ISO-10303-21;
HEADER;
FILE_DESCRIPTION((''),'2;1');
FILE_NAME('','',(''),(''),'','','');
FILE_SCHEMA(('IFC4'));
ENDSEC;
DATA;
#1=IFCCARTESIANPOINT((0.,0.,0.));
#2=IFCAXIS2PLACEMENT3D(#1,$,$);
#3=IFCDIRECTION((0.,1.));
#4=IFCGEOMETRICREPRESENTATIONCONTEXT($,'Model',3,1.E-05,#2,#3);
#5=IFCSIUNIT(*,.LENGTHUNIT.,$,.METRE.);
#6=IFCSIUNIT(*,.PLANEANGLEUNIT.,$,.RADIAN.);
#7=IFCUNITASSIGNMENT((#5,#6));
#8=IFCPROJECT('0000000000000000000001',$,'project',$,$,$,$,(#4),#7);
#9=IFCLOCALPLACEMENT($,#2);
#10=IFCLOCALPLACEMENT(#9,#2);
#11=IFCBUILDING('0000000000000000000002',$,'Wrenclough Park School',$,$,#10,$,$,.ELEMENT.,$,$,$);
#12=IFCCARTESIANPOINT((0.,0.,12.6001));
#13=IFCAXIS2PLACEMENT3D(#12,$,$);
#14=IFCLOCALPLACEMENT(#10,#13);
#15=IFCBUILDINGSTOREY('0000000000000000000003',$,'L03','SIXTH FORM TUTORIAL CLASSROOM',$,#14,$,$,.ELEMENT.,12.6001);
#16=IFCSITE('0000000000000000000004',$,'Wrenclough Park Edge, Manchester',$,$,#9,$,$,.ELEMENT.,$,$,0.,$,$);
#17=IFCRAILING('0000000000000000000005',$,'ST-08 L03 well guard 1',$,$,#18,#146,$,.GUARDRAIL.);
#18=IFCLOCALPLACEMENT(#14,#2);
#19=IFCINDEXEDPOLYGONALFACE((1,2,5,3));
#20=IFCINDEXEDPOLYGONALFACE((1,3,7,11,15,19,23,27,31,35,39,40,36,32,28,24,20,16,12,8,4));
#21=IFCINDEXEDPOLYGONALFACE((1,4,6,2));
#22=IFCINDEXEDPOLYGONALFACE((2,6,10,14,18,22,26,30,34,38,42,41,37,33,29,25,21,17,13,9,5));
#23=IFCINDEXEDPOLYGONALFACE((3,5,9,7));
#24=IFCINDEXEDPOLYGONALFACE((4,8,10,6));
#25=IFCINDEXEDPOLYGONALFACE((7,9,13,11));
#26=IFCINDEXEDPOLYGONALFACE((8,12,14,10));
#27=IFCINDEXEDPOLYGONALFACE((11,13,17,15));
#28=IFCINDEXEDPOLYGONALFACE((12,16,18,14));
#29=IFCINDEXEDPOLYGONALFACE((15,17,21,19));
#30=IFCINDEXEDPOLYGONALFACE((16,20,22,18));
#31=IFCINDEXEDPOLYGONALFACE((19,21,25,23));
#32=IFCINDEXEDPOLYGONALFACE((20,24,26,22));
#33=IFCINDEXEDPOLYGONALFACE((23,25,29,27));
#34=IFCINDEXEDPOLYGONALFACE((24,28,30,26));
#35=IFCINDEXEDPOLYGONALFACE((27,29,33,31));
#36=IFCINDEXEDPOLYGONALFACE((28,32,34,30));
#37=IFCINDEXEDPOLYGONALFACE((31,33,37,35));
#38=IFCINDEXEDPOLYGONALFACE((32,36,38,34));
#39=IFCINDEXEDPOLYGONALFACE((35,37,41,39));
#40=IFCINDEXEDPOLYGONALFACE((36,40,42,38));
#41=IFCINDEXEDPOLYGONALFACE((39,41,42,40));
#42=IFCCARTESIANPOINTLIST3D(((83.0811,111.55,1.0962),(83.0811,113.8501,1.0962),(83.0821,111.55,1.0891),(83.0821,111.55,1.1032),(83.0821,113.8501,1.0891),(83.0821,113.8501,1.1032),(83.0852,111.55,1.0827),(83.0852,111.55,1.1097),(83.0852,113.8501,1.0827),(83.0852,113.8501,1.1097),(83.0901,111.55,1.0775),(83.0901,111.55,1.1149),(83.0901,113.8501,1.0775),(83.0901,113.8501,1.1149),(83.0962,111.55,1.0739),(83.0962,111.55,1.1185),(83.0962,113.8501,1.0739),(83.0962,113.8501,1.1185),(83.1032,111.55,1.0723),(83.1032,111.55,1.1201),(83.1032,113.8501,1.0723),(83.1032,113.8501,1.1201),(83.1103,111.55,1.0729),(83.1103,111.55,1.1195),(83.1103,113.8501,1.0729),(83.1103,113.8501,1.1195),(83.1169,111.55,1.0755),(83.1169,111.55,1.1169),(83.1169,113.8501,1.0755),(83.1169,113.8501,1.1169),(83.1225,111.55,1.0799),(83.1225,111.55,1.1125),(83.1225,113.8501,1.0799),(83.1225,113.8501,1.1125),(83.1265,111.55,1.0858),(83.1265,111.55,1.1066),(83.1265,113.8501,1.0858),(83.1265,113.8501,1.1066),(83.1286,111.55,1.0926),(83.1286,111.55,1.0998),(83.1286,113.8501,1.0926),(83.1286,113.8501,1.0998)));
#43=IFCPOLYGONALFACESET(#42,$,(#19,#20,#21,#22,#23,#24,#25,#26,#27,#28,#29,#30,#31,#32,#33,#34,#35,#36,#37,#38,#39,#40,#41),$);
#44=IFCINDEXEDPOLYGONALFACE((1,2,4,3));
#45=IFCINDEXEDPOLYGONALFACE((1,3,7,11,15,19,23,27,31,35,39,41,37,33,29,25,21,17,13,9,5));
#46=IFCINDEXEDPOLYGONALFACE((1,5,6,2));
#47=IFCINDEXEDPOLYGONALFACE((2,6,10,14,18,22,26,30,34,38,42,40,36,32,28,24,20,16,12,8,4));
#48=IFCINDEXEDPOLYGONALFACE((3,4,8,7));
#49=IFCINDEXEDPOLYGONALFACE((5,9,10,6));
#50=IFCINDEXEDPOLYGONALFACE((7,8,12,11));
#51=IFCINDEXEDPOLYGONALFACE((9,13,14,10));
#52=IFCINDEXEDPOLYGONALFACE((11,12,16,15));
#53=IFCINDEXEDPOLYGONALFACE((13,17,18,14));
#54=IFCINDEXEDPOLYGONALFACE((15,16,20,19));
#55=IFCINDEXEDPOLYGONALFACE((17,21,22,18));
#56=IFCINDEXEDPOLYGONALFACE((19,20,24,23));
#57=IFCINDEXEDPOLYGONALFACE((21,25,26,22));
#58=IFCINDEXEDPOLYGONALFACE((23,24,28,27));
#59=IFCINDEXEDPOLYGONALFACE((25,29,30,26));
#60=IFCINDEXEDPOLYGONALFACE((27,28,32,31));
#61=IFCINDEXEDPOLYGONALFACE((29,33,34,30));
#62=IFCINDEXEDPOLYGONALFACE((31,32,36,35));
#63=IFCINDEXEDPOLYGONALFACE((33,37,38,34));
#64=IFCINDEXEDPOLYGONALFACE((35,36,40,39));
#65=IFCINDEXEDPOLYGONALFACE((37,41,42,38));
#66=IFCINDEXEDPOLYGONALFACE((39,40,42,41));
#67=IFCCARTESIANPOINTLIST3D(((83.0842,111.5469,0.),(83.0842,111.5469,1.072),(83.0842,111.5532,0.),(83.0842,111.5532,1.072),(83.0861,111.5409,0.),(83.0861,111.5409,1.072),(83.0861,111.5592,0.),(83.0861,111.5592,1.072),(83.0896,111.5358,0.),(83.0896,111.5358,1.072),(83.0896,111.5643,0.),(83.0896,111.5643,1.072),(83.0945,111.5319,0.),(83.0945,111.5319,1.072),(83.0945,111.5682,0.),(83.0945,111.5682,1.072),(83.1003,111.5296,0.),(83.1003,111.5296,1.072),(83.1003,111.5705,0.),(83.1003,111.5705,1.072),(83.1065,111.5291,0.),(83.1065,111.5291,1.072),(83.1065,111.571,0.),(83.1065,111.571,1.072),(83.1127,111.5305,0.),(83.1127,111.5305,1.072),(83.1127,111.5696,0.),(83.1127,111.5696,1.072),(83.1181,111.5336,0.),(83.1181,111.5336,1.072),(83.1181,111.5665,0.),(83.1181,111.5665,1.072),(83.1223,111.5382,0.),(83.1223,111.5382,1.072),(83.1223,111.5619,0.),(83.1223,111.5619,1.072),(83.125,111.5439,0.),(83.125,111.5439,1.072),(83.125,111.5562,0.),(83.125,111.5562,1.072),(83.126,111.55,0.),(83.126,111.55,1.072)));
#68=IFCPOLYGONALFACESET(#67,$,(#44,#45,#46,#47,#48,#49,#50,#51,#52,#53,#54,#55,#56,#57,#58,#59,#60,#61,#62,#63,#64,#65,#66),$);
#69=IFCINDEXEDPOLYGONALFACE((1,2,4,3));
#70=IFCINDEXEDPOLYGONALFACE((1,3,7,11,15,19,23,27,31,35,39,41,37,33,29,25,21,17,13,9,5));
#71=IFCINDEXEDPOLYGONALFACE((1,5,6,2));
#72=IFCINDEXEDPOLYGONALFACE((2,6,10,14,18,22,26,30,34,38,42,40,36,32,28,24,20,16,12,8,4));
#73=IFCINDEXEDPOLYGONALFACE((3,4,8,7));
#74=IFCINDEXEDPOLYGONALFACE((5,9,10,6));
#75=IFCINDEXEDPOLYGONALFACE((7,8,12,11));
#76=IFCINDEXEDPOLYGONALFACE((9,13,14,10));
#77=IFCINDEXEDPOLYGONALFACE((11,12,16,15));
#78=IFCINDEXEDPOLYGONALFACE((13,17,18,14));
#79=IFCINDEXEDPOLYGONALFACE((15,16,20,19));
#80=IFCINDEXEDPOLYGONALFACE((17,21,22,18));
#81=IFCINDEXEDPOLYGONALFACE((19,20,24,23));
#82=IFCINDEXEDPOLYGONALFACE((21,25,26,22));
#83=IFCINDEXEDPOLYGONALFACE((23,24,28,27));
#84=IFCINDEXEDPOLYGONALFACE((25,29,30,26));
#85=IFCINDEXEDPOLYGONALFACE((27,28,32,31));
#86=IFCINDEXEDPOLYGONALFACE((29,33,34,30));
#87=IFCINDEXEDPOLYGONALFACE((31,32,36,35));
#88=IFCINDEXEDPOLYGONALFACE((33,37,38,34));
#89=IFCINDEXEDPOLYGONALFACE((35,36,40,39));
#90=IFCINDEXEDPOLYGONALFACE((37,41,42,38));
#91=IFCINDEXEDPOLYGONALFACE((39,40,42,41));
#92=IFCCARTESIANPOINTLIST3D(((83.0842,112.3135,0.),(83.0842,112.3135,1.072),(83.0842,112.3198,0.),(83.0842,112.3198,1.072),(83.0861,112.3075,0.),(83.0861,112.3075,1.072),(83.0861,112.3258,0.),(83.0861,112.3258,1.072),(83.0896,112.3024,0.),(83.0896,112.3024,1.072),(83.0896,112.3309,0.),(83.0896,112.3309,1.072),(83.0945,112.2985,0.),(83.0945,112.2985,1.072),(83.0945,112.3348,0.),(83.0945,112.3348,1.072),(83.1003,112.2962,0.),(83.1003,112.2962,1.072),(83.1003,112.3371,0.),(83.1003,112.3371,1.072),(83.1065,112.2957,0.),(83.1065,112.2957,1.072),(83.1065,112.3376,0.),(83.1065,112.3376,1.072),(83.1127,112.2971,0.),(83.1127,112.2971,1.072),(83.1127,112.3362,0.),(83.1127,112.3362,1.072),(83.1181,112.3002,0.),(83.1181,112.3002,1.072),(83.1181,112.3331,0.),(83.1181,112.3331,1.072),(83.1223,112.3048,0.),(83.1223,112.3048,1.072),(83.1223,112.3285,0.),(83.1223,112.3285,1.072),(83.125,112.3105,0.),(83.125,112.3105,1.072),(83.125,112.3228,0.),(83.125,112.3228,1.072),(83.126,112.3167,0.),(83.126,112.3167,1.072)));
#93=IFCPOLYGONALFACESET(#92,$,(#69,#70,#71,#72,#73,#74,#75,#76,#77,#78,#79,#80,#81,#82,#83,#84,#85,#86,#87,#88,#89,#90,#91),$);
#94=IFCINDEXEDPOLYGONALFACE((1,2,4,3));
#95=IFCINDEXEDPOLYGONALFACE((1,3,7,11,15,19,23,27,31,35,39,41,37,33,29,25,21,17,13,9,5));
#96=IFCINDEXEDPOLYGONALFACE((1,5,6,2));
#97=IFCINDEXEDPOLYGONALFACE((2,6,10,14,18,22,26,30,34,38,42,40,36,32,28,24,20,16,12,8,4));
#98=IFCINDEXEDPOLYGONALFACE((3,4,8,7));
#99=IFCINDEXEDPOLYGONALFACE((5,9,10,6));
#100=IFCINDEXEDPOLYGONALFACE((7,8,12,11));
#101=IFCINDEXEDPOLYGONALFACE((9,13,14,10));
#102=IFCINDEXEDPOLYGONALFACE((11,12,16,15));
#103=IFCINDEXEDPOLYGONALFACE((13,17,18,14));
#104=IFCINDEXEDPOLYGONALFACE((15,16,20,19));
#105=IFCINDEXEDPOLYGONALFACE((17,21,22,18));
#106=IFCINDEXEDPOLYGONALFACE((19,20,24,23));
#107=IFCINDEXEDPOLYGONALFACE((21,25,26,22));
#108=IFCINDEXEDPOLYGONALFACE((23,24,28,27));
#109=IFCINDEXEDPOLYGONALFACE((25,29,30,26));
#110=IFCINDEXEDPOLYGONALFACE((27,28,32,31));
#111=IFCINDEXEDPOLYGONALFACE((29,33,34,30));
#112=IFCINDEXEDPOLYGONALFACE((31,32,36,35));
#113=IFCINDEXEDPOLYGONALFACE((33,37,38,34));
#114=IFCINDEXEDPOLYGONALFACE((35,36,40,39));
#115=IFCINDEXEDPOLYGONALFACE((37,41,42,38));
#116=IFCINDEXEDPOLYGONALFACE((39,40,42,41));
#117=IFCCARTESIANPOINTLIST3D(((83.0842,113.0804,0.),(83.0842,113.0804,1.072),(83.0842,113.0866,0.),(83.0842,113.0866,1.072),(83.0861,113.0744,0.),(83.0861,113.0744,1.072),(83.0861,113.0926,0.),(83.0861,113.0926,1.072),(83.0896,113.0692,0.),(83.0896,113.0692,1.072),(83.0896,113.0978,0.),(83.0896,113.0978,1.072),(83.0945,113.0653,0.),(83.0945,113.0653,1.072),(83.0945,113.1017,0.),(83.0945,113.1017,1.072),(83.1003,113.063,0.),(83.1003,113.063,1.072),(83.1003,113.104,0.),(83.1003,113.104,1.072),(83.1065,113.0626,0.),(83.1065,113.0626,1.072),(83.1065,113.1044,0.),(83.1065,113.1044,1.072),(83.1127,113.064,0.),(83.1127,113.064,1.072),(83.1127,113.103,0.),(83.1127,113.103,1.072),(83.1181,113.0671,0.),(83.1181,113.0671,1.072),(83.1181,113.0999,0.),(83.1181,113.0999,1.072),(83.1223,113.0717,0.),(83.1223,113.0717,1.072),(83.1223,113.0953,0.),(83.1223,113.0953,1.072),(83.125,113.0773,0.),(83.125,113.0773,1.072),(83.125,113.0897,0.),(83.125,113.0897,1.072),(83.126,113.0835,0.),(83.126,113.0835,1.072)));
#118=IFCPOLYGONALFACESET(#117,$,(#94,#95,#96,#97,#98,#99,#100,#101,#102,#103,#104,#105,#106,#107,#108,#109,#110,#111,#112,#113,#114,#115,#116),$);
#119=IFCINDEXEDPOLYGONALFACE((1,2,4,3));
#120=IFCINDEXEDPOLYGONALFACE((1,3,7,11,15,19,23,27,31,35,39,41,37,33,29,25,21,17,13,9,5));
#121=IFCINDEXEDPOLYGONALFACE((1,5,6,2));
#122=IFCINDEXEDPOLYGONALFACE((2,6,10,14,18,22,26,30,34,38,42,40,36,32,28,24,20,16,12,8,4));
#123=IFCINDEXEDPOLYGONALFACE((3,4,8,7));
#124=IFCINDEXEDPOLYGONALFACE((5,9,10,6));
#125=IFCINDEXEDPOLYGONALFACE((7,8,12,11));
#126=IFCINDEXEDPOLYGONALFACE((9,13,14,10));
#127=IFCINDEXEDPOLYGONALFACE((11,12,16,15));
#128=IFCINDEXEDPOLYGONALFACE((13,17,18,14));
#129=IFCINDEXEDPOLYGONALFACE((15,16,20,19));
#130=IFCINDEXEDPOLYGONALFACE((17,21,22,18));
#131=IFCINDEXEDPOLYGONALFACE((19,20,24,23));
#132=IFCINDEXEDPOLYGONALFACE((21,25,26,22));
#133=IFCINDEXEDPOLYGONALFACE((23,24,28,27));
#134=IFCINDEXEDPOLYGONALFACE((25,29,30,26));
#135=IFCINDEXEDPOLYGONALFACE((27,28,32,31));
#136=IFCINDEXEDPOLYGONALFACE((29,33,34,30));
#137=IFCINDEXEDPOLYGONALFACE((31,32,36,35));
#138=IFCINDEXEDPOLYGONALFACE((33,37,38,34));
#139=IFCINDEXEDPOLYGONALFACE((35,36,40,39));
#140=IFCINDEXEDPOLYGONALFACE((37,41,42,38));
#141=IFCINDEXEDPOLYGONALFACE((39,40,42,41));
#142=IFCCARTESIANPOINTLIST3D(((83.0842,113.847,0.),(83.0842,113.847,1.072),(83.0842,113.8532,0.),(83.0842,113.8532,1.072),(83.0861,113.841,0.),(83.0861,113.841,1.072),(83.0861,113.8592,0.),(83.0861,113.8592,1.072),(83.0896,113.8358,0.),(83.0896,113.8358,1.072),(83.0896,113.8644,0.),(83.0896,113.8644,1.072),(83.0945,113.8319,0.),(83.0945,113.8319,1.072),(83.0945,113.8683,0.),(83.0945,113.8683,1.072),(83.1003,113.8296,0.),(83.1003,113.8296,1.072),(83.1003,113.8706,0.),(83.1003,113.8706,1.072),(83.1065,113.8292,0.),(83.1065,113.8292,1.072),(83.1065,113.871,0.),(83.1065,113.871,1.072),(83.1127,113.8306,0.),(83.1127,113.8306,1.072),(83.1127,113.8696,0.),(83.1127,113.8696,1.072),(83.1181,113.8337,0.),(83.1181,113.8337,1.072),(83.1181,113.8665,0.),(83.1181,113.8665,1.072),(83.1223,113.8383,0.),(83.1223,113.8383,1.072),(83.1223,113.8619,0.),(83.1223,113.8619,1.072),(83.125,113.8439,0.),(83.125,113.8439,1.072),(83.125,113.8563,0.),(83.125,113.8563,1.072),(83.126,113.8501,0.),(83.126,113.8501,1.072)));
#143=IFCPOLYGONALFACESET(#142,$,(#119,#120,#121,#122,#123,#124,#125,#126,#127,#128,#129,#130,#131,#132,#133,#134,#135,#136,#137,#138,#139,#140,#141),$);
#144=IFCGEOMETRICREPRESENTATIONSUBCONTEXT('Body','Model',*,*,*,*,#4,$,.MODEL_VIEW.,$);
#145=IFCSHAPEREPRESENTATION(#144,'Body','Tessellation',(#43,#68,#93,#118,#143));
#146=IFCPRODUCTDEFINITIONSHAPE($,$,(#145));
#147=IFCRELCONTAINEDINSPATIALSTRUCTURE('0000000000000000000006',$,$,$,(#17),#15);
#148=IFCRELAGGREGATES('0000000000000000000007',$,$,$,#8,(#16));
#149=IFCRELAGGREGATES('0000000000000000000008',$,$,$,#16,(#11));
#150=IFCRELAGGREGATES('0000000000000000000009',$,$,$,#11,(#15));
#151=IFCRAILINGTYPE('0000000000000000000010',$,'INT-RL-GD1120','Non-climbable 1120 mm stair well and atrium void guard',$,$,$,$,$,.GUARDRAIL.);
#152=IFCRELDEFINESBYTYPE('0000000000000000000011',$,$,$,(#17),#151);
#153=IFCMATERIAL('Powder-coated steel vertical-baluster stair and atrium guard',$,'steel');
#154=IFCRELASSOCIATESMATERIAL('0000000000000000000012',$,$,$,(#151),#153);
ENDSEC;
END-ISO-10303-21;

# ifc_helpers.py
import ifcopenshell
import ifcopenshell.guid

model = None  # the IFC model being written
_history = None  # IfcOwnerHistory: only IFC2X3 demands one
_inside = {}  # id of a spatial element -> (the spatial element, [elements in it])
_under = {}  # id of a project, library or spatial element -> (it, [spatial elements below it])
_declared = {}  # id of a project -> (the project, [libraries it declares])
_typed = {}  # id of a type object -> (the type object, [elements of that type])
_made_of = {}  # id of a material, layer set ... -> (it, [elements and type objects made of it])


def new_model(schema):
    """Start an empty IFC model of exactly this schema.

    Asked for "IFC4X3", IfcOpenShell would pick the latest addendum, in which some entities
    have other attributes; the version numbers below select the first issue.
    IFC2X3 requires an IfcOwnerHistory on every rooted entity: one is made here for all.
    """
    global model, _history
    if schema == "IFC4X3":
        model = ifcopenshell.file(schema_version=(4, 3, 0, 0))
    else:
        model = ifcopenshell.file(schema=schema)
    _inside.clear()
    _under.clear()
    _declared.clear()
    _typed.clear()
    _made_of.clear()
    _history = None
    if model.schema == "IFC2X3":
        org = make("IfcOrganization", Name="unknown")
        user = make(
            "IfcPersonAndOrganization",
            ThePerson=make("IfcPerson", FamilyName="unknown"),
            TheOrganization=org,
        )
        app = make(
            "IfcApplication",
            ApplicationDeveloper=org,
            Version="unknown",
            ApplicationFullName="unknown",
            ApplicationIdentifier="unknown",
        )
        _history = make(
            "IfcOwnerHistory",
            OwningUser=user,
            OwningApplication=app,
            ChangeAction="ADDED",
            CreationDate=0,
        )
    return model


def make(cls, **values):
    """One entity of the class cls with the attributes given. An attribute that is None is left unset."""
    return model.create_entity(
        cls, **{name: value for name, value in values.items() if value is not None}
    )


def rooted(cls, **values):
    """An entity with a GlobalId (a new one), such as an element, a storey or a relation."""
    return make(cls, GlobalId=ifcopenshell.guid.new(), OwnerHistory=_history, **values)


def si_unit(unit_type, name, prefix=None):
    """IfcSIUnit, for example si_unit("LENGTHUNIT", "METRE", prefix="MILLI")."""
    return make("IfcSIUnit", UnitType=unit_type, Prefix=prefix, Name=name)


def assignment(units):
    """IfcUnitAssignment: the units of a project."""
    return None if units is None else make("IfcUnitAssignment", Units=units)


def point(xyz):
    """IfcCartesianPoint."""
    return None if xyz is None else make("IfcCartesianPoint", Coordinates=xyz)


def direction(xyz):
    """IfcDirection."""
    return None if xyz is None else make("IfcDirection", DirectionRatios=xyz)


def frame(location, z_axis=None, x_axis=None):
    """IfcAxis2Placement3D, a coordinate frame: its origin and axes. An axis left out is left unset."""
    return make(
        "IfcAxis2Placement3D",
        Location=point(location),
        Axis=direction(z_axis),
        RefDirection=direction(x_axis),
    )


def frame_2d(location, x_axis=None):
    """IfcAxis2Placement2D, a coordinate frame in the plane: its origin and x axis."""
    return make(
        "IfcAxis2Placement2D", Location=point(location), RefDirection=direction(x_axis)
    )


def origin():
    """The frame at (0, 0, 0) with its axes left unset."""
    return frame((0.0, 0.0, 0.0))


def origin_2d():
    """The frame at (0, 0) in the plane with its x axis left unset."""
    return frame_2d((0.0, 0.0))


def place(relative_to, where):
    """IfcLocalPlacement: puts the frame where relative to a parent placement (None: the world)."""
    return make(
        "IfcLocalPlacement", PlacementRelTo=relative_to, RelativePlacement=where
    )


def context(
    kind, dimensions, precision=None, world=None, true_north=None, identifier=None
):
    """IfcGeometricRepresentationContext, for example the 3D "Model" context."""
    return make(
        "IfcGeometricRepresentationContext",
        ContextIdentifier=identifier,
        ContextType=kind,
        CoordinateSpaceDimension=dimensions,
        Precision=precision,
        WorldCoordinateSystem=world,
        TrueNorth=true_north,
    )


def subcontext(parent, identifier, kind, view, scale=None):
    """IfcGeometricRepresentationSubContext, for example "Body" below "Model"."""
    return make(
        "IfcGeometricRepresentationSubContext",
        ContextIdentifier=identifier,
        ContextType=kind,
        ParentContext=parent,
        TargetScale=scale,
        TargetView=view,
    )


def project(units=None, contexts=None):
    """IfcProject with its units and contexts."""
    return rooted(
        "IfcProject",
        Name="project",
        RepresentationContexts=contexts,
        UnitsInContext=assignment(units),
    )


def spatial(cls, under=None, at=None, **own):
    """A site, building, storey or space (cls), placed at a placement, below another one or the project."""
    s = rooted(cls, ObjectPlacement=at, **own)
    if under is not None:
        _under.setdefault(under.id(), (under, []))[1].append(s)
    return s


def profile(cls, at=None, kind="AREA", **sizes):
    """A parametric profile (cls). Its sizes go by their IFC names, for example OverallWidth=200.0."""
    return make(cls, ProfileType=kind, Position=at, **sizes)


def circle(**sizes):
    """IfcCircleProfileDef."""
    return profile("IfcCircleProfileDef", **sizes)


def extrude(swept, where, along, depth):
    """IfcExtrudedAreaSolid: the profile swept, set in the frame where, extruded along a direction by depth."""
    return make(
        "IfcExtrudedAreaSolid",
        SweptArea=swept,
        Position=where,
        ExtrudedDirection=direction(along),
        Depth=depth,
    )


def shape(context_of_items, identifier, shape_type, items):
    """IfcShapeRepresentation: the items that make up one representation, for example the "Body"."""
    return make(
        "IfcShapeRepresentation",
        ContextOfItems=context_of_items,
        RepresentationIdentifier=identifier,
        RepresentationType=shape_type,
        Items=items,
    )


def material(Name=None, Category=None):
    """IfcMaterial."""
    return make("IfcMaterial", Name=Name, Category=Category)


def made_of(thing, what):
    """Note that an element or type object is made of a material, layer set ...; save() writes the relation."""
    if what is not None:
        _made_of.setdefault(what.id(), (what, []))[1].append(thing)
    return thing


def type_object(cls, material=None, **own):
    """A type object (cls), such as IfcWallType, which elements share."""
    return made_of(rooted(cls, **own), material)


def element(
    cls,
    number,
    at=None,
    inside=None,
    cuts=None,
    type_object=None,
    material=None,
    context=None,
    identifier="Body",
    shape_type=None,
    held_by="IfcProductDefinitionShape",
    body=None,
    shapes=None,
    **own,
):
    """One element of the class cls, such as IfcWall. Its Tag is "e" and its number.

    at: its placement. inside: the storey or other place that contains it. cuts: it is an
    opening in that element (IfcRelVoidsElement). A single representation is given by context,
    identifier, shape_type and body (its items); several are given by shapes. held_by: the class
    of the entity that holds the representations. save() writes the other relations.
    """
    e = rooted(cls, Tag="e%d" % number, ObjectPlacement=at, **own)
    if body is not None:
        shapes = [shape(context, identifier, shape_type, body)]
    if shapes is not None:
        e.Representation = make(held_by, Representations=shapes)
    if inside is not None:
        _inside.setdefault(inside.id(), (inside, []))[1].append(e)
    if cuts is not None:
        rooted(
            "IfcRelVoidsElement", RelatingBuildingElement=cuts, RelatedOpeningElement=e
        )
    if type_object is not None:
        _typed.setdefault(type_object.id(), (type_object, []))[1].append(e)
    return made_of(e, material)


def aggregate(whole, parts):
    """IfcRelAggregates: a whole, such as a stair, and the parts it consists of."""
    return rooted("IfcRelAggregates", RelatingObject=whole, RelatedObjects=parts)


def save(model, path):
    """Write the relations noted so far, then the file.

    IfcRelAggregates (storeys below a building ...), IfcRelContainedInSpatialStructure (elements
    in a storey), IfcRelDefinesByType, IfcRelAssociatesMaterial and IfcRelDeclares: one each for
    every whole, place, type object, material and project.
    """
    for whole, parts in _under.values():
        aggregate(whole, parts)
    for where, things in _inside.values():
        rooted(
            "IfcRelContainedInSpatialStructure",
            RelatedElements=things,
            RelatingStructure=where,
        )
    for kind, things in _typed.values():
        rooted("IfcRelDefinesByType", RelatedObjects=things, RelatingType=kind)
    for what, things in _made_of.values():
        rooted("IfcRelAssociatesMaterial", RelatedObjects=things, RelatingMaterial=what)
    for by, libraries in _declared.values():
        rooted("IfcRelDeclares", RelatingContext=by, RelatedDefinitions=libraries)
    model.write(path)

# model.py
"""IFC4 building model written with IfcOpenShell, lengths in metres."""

from ifc_helpers import new_model, si_unit, direction, frame, origin, origin_2d, place, context, subcontext, project, spatial, circle, extrude, material, type_object, element, save


model = new_model("IFC4")

# Units and contexts
model_context = context("Model", 3, precision=1e-05, world=origin(), true_north=direction((0.0, 1.0)))
body_context = subcontext(model_context, "Body", "Model", "MODEL_VIEW")
ifc_project = project(units=[si_unit("LENGTHUNIT", "METRE"), si_unit("PLANEANGLEUNIT", "RADIAN")], contexts=[model_context])

# Site, building, storey
site_placement = place(None, origin())
site = spatial("IfcSite", under=ifc_project, at=site_placement, Name="Wrenclough Park Edge, Manchester", CompositionType="ELEMENT", RefElevation=0.0)
building_placement = place(site_placement, origin())
building = spatial("IfcBuilding", under=site, at=building_placement, Name="Wrenclough Park School", CompositionType="ELEMENT")
storey_placement = place(building_placement, frame((0.0, 0.0, 12.6001)))
storey = spatial("IfcBuildingStorey", under=building, at=storey_placement, Name="L03", Description="SIXTH FORM TUTORIAL CLASSROOM", CompositionType="ELEMENT", Elevation=12.6001)

# Railing
ifc_material_1 = material(Name="Powder-coated steel vertical-baluster stair and atrium guard", Category="steel")
railing_type_1 = type_object("IfcRailingType", Name="INT-RL-GD1120", Description="Non-climbable 1120 mm stair well and atrium void guard", PredefinedType="GUARDRAIL", material=ifc_material_1)
railing_1_placement = place(storey_placement, frame((83.105, 111.55, 0.0)))
element("IfcRailing", 1, at=railing_1_placement, inside=storey, type_object=railing_type_1, Name="ST-08 L03 well guard 1", PredefinedType="GUARDRAIL", context=body_context, shape_type="SweptSolid", body=[
    extrude(circle(Radius=0.0239, at=origin_2d()), frame((0.0, 0.0, 1.0962), z_axis=(0.0, 1.0, 0.0), x_axis=(-1.0, 0.0, 0.0)), (0.0, 0.0, 1.0), 2.3),
    extrude(circle(Radius=0.021, at=origin_2d()), origin(), (0.0, 0.0, 1.0), 1.072),
    extrude(circle(Radius=0.021, at=origin_2d()), frame((0.0, 0.7666, 0.0)), (0.0, 0.0, 1.0), 1.072),
    extrude(circle(Radius=0.021, at=origin_2d()), frame((0.0, 1.5334, 0.0)), (0.0, 0.0, 1.0), 1.072),
    extrude(circle(Radius=0.021, at=origin_2d()), frame((0.0, 2.3, 0.0)), (0.0, 0.0, 1.0), 1.072),
])

save(model, "model.ifc")
